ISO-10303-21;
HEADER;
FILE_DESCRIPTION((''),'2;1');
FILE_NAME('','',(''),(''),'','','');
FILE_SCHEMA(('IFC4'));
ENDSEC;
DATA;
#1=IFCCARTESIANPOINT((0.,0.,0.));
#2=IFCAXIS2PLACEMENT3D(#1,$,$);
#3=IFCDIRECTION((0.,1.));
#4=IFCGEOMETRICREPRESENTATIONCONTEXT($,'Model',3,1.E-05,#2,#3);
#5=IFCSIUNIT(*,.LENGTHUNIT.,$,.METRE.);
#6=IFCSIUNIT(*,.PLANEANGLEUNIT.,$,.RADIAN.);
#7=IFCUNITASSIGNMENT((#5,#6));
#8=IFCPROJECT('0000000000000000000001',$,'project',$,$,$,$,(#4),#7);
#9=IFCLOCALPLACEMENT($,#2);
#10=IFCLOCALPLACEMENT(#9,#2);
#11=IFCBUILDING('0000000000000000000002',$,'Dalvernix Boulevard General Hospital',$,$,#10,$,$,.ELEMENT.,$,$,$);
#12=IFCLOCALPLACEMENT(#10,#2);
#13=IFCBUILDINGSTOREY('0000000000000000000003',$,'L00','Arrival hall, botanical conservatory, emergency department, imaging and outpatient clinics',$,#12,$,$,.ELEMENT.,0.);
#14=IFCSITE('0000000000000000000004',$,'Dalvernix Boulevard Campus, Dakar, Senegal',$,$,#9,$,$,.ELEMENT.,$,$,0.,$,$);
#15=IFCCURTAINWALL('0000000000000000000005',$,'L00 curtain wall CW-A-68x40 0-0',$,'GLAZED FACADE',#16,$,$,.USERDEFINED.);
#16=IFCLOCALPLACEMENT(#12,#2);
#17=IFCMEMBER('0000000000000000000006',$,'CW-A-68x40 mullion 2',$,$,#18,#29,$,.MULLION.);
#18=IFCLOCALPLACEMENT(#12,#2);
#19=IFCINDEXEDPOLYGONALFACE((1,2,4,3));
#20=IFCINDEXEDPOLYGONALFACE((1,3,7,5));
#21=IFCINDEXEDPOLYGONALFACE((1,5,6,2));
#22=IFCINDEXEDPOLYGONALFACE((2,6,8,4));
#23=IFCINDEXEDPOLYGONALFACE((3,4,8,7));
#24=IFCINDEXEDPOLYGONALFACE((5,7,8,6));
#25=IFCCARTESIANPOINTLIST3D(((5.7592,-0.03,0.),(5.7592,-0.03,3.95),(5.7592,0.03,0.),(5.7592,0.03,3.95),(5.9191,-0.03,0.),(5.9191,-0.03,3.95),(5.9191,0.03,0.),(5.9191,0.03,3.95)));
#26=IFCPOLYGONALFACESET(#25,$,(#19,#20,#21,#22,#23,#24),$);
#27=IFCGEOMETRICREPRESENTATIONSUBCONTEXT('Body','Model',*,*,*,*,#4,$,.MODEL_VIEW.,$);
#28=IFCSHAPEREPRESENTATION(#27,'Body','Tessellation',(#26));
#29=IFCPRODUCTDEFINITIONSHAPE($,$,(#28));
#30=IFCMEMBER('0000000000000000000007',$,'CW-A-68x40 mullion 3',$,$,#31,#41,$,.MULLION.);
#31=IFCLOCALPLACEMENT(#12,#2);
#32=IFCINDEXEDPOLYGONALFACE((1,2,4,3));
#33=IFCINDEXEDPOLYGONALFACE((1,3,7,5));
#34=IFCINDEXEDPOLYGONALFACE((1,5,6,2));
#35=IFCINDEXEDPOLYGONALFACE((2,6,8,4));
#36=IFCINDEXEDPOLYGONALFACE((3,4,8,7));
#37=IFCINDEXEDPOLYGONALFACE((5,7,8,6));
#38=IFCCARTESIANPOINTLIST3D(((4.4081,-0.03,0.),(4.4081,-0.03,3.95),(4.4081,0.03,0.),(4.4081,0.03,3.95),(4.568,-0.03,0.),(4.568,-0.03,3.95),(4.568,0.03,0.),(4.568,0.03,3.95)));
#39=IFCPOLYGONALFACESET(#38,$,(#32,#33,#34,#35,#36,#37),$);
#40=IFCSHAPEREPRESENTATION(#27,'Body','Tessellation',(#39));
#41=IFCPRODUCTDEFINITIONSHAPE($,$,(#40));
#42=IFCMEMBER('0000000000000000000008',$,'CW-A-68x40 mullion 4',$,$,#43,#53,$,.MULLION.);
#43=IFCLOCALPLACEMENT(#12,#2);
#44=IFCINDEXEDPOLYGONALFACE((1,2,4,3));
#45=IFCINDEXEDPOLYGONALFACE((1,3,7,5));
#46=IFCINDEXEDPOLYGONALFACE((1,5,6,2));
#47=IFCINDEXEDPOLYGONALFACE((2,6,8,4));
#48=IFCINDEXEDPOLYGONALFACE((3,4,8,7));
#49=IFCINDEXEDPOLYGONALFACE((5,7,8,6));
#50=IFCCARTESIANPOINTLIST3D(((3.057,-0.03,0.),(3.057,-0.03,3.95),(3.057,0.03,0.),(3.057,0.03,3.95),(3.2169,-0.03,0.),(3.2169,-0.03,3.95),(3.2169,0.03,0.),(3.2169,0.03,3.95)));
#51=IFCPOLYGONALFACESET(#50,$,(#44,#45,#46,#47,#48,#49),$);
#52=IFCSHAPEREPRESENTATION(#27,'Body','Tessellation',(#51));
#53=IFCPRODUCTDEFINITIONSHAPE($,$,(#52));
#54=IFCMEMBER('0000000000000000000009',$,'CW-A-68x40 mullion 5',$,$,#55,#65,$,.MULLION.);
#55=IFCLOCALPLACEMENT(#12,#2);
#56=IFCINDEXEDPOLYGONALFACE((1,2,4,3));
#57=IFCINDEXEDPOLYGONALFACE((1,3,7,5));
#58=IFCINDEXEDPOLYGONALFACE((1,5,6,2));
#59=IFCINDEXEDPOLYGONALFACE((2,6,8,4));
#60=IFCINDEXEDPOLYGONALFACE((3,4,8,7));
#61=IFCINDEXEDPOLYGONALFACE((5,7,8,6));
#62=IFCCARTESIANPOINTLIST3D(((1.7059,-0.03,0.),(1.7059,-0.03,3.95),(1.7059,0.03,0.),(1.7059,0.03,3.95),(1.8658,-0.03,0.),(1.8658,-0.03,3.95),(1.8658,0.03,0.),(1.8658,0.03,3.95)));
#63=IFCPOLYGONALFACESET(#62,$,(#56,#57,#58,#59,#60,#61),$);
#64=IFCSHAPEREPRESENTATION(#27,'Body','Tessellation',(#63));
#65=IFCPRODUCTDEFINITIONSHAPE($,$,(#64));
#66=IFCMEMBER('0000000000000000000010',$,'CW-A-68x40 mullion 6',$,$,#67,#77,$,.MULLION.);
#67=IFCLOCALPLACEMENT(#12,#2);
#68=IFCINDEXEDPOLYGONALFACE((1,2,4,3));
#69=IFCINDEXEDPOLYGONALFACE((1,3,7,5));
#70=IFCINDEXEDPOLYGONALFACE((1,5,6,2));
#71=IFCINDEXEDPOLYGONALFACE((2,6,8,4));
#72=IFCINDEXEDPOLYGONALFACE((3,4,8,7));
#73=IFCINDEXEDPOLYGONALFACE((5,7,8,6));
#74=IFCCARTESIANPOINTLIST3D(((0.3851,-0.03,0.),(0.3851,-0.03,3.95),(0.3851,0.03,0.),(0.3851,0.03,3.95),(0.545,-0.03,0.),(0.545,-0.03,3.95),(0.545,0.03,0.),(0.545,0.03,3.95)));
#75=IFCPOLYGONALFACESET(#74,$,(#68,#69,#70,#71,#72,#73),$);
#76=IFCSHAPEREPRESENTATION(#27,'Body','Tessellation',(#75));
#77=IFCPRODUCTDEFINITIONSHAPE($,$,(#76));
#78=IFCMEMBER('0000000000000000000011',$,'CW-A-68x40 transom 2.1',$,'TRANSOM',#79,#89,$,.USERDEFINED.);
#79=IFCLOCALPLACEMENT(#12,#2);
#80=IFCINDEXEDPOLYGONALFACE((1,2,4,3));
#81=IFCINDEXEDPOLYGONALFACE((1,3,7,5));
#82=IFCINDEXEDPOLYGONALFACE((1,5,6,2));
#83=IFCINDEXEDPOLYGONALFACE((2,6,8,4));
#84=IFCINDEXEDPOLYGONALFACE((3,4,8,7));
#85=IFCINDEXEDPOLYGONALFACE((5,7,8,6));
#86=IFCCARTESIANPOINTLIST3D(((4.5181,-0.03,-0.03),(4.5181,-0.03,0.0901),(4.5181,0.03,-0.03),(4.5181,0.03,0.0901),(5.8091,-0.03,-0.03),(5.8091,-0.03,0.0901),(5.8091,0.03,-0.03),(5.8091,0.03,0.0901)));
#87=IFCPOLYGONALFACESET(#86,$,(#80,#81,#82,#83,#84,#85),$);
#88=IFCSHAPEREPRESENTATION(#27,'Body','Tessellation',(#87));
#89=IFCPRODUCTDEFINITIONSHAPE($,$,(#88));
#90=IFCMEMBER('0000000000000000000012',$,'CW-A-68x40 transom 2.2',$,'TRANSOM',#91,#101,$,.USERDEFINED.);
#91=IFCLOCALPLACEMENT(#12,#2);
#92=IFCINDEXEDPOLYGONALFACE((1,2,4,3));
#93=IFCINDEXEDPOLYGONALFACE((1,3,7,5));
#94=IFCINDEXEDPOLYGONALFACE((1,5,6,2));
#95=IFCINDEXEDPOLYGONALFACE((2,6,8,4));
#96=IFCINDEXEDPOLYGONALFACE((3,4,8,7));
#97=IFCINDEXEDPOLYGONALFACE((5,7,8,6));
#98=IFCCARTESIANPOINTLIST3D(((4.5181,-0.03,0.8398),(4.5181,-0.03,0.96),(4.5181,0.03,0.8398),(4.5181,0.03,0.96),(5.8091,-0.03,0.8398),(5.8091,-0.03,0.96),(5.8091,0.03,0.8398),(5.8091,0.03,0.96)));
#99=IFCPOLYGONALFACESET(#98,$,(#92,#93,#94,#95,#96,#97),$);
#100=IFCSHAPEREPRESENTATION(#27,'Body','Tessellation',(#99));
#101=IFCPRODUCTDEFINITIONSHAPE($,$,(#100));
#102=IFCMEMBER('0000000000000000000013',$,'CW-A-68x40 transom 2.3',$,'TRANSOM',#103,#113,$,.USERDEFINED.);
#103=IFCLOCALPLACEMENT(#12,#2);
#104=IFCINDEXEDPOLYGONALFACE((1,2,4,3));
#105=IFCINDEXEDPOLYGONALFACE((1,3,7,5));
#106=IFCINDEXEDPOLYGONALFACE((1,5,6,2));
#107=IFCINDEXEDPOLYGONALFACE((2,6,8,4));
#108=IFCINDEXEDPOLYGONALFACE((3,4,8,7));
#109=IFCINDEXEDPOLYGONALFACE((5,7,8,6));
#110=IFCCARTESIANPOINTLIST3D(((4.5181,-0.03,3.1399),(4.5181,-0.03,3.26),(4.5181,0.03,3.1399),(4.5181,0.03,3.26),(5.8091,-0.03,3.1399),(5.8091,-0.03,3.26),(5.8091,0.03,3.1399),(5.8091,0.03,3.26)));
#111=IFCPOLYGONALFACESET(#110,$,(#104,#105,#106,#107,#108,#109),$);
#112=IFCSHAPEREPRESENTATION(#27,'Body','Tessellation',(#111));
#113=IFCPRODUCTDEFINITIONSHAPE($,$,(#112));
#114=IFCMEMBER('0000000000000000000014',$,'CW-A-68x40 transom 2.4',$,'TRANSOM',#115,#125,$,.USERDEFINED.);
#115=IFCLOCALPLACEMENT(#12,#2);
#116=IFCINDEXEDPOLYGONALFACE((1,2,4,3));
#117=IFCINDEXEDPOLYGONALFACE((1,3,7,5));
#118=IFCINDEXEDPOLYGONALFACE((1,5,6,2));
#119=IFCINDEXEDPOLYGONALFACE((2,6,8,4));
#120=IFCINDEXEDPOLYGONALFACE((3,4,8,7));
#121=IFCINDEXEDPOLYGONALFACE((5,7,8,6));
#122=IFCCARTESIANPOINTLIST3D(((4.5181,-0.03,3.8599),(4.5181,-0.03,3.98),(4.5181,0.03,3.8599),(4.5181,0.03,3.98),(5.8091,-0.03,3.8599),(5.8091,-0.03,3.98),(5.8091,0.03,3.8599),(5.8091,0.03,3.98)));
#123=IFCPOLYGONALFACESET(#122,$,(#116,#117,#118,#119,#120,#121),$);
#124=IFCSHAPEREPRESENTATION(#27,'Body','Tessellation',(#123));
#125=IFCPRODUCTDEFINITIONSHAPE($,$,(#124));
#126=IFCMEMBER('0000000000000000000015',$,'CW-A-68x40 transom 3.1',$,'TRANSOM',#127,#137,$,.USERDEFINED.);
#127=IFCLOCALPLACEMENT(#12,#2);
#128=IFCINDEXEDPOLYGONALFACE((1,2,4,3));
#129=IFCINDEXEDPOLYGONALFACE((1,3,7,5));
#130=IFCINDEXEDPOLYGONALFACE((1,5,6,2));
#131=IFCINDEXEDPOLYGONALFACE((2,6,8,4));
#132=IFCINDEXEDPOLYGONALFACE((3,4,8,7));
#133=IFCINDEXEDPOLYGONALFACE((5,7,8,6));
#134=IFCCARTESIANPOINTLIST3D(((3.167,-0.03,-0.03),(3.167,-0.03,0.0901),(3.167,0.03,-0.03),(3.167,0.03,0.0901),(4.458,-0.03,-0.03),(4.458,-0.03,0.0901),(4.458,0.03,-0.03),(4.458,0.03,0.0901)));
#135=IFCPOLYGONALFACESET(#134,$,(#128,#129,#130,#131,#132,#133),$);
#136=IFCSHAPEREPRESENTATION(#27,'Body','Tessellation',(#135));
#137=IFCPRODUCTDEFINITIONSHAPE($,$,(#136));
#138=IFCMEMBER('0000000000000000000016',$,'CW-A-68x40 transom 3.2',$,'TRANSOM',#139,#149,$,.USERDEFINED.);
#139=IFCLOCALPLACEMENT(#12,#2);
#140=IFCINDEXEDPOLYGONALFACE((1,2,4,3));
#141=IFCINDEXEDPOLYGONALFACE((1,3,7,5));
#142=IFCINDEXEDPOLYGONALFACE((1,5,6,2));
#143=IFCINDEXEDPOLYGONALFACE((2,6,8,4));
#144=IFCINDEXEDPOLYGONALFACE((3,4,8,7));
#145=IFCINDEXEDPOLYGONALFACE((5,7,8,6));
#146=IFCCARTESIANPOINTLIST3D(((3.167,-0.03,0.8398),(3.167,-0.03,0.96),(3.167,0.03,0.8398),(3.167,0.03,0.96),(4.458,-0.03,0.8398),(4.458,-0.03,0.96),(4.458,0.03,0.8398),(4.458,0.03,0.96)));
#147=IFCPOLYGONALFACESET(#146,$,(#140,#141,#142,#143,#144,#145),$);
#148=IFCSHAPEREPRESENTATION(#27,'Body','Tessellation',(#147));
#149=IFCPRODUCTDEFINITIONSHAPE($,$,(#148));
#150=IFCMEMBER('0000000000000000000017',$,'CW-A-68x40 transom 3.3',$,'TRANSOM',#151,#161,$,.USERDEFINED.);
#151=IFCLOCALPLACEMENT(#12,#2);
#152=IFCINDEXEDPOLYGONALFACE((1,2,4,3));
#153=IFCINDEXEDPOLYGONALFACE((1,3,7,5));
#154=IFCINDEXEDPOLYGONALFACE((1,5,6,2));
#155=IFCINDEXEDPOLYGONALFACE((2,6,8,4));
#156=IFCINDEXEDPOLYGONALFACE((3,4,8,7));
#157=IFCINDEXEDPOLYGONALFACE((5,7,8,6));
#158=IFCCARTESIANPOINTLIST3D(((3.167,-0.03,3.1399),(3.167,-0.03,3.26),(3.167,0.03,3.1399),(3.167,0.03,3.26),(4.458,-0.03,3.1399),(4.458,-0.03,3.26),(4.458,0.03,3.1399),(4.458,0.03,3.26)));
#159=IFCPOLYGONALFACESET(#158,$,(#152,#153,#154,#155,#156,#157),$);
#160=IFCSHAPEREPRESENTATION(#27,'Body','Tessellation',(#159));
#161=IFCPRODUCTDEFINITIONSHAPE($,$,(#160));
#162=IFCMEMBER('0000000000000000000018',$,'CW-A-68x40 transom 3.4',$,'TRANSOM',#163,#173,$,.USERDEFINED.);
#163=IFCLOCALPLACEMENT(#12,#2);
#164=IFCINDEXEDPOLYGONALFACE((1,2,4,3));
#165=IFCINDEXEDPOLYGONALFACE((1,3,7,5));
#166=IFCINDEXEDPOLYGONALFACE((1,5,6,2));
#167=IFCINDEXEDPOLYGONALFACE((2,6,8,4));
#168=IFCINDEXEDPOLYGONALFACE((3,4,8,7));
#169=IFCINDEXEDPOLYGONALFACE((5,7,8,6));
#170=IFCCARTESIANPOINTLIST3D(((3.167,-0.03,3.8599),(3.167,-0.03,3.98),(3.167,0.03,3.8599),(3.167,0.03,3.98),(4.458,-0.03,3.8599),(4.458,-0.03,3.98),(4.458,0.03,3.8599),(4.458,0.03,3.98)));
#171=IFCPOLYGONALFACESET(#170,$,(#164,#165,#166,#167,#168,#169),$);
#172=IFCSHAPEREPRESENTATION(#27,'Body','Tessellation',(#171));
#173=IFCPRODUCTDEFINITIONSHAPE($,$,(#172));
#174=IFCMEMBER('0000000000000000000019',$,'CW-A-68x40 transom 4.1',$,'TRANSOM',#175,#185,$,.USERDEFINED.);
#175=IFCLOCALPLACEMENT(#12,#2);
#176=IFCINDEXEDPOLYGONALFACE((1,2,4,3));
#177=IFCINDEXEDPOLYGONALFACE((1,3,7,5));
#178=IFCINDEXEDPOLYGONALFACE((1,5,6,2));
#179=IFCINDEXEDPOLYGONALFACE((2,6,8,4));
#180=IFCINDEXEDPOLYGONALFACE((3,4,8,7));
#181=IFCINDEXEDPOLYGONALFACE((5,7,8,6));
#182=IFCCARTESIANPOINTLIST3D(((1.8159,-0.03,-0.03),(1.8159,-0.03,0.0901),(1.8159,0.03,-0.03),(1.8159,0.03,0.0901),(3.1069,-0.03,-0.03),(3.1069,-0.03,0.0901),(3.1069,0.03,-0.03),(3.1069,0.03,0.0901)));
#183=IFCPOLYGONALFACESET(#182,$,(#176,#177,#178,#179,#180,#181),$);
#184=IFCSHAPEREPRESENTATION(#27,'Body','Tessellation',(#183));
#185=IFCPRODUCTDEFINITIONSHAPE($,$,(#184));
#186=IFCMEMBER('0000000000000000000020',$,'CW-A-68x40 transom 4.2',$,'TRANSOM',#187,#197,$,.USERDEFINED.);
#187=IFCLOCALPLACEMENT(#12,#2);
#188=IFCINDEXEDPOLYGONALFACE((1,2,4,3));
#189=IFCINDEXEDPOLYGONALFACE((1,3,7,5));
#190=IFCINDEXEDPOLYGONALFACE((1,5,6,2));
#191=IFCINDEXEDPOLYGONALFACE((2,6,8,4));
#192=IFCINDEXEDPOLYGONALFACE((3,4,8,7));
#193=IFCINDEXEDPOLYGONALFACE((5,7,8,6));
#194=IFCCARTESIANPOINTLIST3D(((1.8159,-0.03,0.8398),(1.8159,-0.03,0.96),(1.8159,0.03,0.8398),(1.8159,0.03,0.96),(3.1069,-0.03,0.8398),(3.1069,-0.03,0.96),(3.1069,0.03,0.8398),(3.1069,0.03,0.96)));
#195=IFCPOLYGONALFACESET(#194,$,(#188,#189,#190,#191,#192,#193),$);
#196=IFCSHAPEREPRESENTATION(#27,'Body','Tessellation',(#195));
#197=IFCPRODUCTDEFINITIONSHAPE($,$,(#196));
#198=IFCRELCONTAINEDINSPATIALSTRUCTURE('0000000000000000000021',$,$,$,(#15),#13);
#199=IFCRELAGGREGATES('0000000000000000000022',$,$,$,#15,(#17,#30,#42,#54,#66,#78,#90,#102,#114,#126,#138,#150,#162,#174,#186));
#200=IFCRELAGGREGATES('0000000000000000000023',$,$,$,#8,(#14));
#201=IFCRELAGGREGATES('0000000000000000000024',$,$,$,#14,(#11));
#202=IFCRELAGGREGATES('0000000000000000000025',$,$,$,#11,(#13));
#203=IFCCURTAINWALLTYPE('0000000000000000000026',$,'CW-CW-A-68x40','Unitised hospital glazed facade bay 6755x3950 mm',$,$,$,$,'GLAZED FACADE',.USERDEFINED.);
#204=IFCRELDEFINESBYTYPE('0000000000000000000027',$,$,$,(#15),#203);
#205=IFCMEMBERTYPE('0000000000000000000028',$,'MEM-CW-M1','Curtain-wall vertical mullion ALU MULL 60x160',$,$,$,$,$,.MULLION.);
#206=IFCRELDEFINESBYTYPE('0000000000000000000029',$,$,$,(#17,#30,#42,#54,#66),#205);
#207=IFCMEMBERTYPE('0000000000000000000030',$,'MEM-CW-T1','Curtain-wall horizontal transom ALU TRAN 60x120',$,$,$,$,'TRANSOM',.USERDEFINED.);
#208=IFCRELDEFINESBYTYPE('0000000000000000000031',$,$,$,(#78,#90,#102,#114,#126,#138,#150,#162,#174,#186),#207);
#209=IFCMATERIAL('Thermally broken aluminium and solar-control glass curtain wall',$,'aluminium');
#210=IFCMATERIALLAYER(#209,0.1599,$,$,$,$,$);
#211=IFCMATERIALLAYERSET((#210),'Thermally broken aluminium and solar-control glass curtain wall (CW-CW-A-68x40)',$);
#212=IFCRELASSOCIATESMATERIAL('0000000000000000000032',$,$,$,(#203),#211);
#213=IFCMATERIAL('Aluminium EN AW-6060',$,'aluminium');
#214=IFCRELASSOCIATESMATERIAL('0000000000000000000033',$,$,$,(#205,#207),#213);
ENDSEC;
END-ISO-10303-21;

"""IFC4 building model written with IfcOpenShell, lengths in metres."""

from ifc_helpers import new_model, si_unit, direction, frame, origin, origin_2d, place, context, subcontext, project, spatial, rectangle, extrude, material, layer, layer_set, material_profile, profile_set, type_object, element, aggregate, save


model = new_model("IFC4")

# Units and contexts
model_context = context("Model", 3, precision=1e-05, world=origin(), true_north=direction((0.0, 1.0)))
body_context = subcontext(model_context, "Body", "Model", "MODEL_VIEW")
ifc_project = project(units=[si_unit("LENGTHUNIT", "METRE"), si_unit("PLANEANGLEUNIT", "RADIAN")], contexts=[model_context])

# Site, building, storey
site_placement = place(None, origin())
site = spatial("IfcSite", under=ifc_project, at=site_placement, Name="Dalvernix Boulevard Campus, Dakar, Senegal", CompositionType="ELEMENT", RefElevation=0.0)
building_placement = place(site_placement, origin())
building = spatial("IfcBuilding", under=site, at=building_placement, Name="Dalvernix Boulevard General Hospital", CompositionType="ELEMENT")
storey_placement = place(building_placement, origin())
storey = spatial("IfcBuildingStorey", under=building, at=storey_placement, Name="L00", Description="Arrival hall, botanical conservatory, emergency department, imaging and outpatient clinics", CompositionType="ELEMENT", Elevation=0.0)

# Curtain wall, members
ifc_material_1 = material(Name="Thermally broken aluminium and solar-control glass curtain wall", Category="aluminium")
ifc_layer_1 = layer(ifc_material_1, 0.1599)
ifc_layer_set_1 = layer_set([ifc_layer_1], Name="Thermally broken aluminium and solar-control glass curtain wall (CW-CW-A-68x40)")
curtain_wall_type = type_object("IfcCurtainWallType", Name="CW-CW-A-68x40", Description="Unitised hospital glazed facade bay 6755x3950 mm", ElementType="GLAZED FACADE", PredefinedType="USERDEFINED", material=ifc_layer_set_1)
curtain_wall_placement = place(storey_placement, origin())
curtain_wall = element("IfcCurtainWall", 1, at=curtain_wall_placement, inside=storey, type_object=curtain_wall_type, Name="L00 curtain wall CW-A-68x40 0-0", ObjectType="GLAZED FACADE", PredefinedType="USERDEFINED")
ifc_material_2 = material(Name="Aluminium EN AW-6060", Category="aluminium")
ifc_material_profile_1 = material_profile(ifc_material_2, rectangle(XDim=0.0601, YDim=0.1599, at=origin_2d()), Name="ALU MULL 60x160")
ifc_profile_set_1 = profile_set([ifc_material_profile_1], Name="Aluminium EN AW-6060")
member_type_1 = type_object("IfcMemberType", Name="MEM-CW-M1", Description="Curtain-wall vertical mullion ALU MULL 60x160", PredefinedType="MULLION", material=ifc_profile_set_1)
member_1_placement = place(storey_placement, frame((5.8391, 0.0, 0.0), z_axis=(0.0, 0.0, 1.0), x_axis=(0.0, -1.0, 0.0)))
member_1 = element("IfcMember", 2, at=member_1_placement, type_object=member_type_1, Name="CW-A-68x40 mullion 2", PredefinedType="MULLION", context=body_context, shape_type="SweptSolid", body=[
    extrude(rectangle(XDim=0.0601, YDim=0.1599, at=origin_2d()), origin(), (0.0, 0.0, 1.0), 3.95),
])
member_2_placement = place(storey_placement, frame((4.488, 0.0, 0.0), z_axis=(0.0, 0.0, 1.0), x_axis=(0.0, -1.0, 0.0)))
member_2 = element("IfcMember", 3, at=member_2_placement, type_object=member_type_1, Name="CW-A-68x40 mullion 3", PredefinedType="MULLION", context=body_context, shape_type="SweptSolid", body=[
    extrude(rectangle(XDim=0.0601, YDim=0.1599, at=origin_2d()), origin(), (0.0, 0.0, 1.0), 3.95),
])
member_3_placement = place(storey_placement, frame((3.137, 0.0, 0.0), z_axis=(0.0, 0.0, 1.0), x_axis=(0.0, -1.0, 0.0)))
member_3 = element("IfcMember", 4, at=member_3_placement, type_object=member_type_1, Name="CW-A-68x40 mullion 4", PredefinedType="MULLION", context=body_context, shape_type="SweptSolid", body=[
    extrude(rectangle(XDim=0.0601, YDim=0.1599, at=origin_2d()), origin(), (0.0, 0.0, 1.0), 3.95),
])
member_4_placement = place(storey_placement, frame((1.7859, 0.0, 0.0), z_axis=(0.0, 0.0, 1.0), x_axis=(0.0, -1.0, 0.0)))
member_4 = element("IfcMember", 5, at=member_4_placement, type_object=member_type_1, Name="CW-A-68x40 mullion 5", PredefinedType="MULLION", context=body_context, shape_type="SweptSolid", body=[
    extrude(rectangle(XDim=0.0601, YDim=0.1599, at=origin_2d()), origin(), (0.0, 0.0, 1.0), 3.95),
])
member_5_placement = place(storey_placement, frame((0.4651, 0.0, 0.0), z_axis=(0.0, 0.0, 1.0), x_axis=(0.0, -1.0, 0.0)))
member_5 = element("IfcMember", 6, at=member_5_placement, type_object=member_type_1, Name="CW-A-68x40 mullion 6", PredefinedType="MULLION", context=body_context, shape_type="SweptSolid", body=[
    extrude(rectangle(XDim=0.0601, YDim=0.1599, at=origin_2d()), origin(), (0.0, 0.0, 1.0), 3.95),
])
ifc_material_profile_2 = material_profile(ifc_material_2, rectangle(XDim=0.0601, YDim=0.1201, at=origin_2d()), Name="ALU TRAN 60x120")
ifc_profile_set_2 = profile_set([ifc_material_profile_2], Name="Aluminium EN AW-6060")
member_type_2 = type_object("IfcMemberType", Name="MEM-CW-T1", Description="Curtain-wall horizontal transom ALU TRAN 60x120", ElementType="TRANSOM", PredefinedType="USERDEFINED", material=ifc_profile_set_2)
member_6_placement = place(storey_placement, frame((5.8091, 0.0, 0.03), z_axis=(-1.0, 0.0, 0.0), x_axis=(0.0, -1.0, 0.0)))
member_6 = element("IfcMember", 7, at=member_6_placement, type_object=member_type_2, Name="CW-A-68x40 transom 2.1", ObjectType="TRANSOM", PredefinedType="USERDEFINED", context=body_context, shape_type="SweptSolid", body=[
    extrude(rectangle(XDim=0.0601, YDim=0.1201, at=origin_2d()), origin(), (0.0, 0.0, 1.0), 1.291),
])
member_7_placement = place(storey_placement, frame((5.8091, 0.0, 0.8999), z_axis=(-1.0, 0.0, 0.0), x_axis=(0.0, -1.0, 0.0)))
member_7 = element("IfcMember", 8, at=member_7_placement, type_object=member_type_2, Name="CW-A-68x40 transom 2.2", ObjectType="TRANSOM", PredefinedType="USERDEFINED", context=body_context, shape_type="SweptSolid", body=[
    extrude(rectangle(XDim=0.0601, YDim=0.1201, at=origin_2d()), origin(), (0.0, 0.0, 1.0), 1.291),
])
member_8_placement = place(storey_placement, frame((5.8091, 0.0, 3.2), z_axis=(-1.0, 0.0, 0.0), x_axis=(0.0, -1.0, 0.0)))
member_8 = element("IfcMember", 9, at=member_8_placement, type_object=member_type_2, Name="CW-A-68x40 transom 2.3", ObjectType="TRANSOM", PredefinedType="USERDEFINED", context=body_context, shape_type="SweptSolid", body=[
    extrude(rectangle(XDim=0.0601, YDim=0.1201, at=origin_2d()), origin(), (0.0, 0.0, 1.0), 1.291),
])
member_9_placement = place(storey_placement, frame((5.8091, 0.0, 3.9199), z_axis=(-1.0, 0.0, 0.0), x_axis=(0.0, -1.0, 0.0)))
member_9 = element("IfcMember", 10, at=member_9_placement, type_object=member_type_2, Name="CW-A-68x40 transom 2.4", ObjectType="TRANSOM", PredefinedType="USERDEFINED", context=body_context, shape_type="SweptSolid", body=[
    extrude(rectangle(XDim=0.0601, YDim=0.1201, at=origin_2d()), origin(), (0.0, 0.0, 1.0), 1.291),
])
member_10_placement = place(storey_placement, frame((4.458, 0.0, 0.03), z_axis=(-1.0, 0.0, 0.0), x_axis=(0.0, -1.0, 0.0)))
member_10 = element("IfcMember", 11, at=member_10_placement, type_object=member_type_2, Name="CW-A-68x40 transom 3.1", ObjectType="TRANSOM", PredefinedType="USERDEFINED", context=body_context, shape_type="SweptSolid", body=[
    extrude(rectangle(XDim=0.0601, YDim=0.1201, at=origin_2d()), origin(), (0.0, 0.0, 1.0), 1.291),
])
member_11_placement = place(storey_placement, frame((4.458, 0.0, 0.8999), z_axis=(-1.0, 0.0, 0.0), x_axis=(0.0, -1.0, 0.0)))
member_11 = element("IfcMember", 12, at=member_11_placement, type_object=member_type_2, Name="CW-A-68x40 transom 3.2", ObjectType="TRANSOM", PredefinedType="USERDEFINED", context=body_context, shape_type="SweptSolid", body=[
    extrude(rectangle(XDim=0.0601, YDim=0.1201, at=origin_2d()), origin(), (0.0, 0.0, 1.0), 1.291),
])
member_12_placement = place(storey_placement, frame((4.458, 0.0, 3.2), z_axis=(-1.0, 0.0, 0.0), x_axis=(0.0, -1.0, 0.0)))
member_12 = element("IfcMember", 13, at=member_12_placement, type_object=member_type_2, Name="CW-A-68x40 transom 3.3", ObjectType="TRANSOM", PredefinedType="USERDEFINED", context=body_context, shape_type="SweptSolid", body=[
    extrude(rectangle(XDim=0.0601, YDim=0.1201, at=origin_2d()), origin(), (0.0, 0.0, 1.0), 1.291),
])
member_13_placement = place(storey_placement, frame((4.458, 0.0, 3.9199), z_axis=(-1.0, 0.0, 0.0), x_axis=(0.0, -1.0, 0.0)))
member_13 = element("IfcMember", 14, at=member_13_placement, type_object=member_type_2, Name="CW-A-68x40 transom 3.4", ObjectType="TRANSOM", PredefinedType="USERDEFINED", context=body_context, shape_type="SweptSolid", body=[
    extrude(rectangle(XDim=0.0601, YDim=0.1201, at=origin_2d()), origin(), (0.0, 0.0, 1.0), 1.291),
])
member_14_placement = place(storey_placement, frame((3.1069, 0.0, 0.03), z_axis=(-1.0, 0.0, 0.0), x_axis=(0.0, -1.0, 0.0)))
member_14 = element("IfcMember", 15, at=member_14_placement, type_object=member_type_2, Name="CW-A-68x40 transom 4.1", ObjectType="TRANSOM", PredefinedType="USERDEFINED", context=body_context, shape_type="SweptSolid", body=[
    extrude(rectangle(XDim=0.0601, YDim=0.1201, at=origin_2d()), origin(), (0.0, 0.0, 1.0), 1.291),
])
member_15_placement = place(storey_placement, frame((3.1069, 0.0, 0.8999), z_axis=(-1.0, 0.0, 0.0), x_axis=(0.0, -1.0, 0.0)))
member_15 = element("IfcMember", 16, at=member_15_placement, type_object=member_type_2, Name="CW-A-68x40 transom 4.2", ObjectType="TRANSOM", PredefinedType="USERDEFINED", context=body_context, shape_type="SweptSolid", body=[
    extrude(rectangle(XDim=0.0601, YDim=0.1201, at=origin_2d()), origin(), (0.0, 0.0, 1.0), 1.291),
])
aggregate(curtain_wall, [member_1, member_2, member_3, member_4, member_5, member_6, member_7, member_8, member_9, member_10, member_11, member_12, member_13, member_14, member_15])

save(model, "model.ifc")
